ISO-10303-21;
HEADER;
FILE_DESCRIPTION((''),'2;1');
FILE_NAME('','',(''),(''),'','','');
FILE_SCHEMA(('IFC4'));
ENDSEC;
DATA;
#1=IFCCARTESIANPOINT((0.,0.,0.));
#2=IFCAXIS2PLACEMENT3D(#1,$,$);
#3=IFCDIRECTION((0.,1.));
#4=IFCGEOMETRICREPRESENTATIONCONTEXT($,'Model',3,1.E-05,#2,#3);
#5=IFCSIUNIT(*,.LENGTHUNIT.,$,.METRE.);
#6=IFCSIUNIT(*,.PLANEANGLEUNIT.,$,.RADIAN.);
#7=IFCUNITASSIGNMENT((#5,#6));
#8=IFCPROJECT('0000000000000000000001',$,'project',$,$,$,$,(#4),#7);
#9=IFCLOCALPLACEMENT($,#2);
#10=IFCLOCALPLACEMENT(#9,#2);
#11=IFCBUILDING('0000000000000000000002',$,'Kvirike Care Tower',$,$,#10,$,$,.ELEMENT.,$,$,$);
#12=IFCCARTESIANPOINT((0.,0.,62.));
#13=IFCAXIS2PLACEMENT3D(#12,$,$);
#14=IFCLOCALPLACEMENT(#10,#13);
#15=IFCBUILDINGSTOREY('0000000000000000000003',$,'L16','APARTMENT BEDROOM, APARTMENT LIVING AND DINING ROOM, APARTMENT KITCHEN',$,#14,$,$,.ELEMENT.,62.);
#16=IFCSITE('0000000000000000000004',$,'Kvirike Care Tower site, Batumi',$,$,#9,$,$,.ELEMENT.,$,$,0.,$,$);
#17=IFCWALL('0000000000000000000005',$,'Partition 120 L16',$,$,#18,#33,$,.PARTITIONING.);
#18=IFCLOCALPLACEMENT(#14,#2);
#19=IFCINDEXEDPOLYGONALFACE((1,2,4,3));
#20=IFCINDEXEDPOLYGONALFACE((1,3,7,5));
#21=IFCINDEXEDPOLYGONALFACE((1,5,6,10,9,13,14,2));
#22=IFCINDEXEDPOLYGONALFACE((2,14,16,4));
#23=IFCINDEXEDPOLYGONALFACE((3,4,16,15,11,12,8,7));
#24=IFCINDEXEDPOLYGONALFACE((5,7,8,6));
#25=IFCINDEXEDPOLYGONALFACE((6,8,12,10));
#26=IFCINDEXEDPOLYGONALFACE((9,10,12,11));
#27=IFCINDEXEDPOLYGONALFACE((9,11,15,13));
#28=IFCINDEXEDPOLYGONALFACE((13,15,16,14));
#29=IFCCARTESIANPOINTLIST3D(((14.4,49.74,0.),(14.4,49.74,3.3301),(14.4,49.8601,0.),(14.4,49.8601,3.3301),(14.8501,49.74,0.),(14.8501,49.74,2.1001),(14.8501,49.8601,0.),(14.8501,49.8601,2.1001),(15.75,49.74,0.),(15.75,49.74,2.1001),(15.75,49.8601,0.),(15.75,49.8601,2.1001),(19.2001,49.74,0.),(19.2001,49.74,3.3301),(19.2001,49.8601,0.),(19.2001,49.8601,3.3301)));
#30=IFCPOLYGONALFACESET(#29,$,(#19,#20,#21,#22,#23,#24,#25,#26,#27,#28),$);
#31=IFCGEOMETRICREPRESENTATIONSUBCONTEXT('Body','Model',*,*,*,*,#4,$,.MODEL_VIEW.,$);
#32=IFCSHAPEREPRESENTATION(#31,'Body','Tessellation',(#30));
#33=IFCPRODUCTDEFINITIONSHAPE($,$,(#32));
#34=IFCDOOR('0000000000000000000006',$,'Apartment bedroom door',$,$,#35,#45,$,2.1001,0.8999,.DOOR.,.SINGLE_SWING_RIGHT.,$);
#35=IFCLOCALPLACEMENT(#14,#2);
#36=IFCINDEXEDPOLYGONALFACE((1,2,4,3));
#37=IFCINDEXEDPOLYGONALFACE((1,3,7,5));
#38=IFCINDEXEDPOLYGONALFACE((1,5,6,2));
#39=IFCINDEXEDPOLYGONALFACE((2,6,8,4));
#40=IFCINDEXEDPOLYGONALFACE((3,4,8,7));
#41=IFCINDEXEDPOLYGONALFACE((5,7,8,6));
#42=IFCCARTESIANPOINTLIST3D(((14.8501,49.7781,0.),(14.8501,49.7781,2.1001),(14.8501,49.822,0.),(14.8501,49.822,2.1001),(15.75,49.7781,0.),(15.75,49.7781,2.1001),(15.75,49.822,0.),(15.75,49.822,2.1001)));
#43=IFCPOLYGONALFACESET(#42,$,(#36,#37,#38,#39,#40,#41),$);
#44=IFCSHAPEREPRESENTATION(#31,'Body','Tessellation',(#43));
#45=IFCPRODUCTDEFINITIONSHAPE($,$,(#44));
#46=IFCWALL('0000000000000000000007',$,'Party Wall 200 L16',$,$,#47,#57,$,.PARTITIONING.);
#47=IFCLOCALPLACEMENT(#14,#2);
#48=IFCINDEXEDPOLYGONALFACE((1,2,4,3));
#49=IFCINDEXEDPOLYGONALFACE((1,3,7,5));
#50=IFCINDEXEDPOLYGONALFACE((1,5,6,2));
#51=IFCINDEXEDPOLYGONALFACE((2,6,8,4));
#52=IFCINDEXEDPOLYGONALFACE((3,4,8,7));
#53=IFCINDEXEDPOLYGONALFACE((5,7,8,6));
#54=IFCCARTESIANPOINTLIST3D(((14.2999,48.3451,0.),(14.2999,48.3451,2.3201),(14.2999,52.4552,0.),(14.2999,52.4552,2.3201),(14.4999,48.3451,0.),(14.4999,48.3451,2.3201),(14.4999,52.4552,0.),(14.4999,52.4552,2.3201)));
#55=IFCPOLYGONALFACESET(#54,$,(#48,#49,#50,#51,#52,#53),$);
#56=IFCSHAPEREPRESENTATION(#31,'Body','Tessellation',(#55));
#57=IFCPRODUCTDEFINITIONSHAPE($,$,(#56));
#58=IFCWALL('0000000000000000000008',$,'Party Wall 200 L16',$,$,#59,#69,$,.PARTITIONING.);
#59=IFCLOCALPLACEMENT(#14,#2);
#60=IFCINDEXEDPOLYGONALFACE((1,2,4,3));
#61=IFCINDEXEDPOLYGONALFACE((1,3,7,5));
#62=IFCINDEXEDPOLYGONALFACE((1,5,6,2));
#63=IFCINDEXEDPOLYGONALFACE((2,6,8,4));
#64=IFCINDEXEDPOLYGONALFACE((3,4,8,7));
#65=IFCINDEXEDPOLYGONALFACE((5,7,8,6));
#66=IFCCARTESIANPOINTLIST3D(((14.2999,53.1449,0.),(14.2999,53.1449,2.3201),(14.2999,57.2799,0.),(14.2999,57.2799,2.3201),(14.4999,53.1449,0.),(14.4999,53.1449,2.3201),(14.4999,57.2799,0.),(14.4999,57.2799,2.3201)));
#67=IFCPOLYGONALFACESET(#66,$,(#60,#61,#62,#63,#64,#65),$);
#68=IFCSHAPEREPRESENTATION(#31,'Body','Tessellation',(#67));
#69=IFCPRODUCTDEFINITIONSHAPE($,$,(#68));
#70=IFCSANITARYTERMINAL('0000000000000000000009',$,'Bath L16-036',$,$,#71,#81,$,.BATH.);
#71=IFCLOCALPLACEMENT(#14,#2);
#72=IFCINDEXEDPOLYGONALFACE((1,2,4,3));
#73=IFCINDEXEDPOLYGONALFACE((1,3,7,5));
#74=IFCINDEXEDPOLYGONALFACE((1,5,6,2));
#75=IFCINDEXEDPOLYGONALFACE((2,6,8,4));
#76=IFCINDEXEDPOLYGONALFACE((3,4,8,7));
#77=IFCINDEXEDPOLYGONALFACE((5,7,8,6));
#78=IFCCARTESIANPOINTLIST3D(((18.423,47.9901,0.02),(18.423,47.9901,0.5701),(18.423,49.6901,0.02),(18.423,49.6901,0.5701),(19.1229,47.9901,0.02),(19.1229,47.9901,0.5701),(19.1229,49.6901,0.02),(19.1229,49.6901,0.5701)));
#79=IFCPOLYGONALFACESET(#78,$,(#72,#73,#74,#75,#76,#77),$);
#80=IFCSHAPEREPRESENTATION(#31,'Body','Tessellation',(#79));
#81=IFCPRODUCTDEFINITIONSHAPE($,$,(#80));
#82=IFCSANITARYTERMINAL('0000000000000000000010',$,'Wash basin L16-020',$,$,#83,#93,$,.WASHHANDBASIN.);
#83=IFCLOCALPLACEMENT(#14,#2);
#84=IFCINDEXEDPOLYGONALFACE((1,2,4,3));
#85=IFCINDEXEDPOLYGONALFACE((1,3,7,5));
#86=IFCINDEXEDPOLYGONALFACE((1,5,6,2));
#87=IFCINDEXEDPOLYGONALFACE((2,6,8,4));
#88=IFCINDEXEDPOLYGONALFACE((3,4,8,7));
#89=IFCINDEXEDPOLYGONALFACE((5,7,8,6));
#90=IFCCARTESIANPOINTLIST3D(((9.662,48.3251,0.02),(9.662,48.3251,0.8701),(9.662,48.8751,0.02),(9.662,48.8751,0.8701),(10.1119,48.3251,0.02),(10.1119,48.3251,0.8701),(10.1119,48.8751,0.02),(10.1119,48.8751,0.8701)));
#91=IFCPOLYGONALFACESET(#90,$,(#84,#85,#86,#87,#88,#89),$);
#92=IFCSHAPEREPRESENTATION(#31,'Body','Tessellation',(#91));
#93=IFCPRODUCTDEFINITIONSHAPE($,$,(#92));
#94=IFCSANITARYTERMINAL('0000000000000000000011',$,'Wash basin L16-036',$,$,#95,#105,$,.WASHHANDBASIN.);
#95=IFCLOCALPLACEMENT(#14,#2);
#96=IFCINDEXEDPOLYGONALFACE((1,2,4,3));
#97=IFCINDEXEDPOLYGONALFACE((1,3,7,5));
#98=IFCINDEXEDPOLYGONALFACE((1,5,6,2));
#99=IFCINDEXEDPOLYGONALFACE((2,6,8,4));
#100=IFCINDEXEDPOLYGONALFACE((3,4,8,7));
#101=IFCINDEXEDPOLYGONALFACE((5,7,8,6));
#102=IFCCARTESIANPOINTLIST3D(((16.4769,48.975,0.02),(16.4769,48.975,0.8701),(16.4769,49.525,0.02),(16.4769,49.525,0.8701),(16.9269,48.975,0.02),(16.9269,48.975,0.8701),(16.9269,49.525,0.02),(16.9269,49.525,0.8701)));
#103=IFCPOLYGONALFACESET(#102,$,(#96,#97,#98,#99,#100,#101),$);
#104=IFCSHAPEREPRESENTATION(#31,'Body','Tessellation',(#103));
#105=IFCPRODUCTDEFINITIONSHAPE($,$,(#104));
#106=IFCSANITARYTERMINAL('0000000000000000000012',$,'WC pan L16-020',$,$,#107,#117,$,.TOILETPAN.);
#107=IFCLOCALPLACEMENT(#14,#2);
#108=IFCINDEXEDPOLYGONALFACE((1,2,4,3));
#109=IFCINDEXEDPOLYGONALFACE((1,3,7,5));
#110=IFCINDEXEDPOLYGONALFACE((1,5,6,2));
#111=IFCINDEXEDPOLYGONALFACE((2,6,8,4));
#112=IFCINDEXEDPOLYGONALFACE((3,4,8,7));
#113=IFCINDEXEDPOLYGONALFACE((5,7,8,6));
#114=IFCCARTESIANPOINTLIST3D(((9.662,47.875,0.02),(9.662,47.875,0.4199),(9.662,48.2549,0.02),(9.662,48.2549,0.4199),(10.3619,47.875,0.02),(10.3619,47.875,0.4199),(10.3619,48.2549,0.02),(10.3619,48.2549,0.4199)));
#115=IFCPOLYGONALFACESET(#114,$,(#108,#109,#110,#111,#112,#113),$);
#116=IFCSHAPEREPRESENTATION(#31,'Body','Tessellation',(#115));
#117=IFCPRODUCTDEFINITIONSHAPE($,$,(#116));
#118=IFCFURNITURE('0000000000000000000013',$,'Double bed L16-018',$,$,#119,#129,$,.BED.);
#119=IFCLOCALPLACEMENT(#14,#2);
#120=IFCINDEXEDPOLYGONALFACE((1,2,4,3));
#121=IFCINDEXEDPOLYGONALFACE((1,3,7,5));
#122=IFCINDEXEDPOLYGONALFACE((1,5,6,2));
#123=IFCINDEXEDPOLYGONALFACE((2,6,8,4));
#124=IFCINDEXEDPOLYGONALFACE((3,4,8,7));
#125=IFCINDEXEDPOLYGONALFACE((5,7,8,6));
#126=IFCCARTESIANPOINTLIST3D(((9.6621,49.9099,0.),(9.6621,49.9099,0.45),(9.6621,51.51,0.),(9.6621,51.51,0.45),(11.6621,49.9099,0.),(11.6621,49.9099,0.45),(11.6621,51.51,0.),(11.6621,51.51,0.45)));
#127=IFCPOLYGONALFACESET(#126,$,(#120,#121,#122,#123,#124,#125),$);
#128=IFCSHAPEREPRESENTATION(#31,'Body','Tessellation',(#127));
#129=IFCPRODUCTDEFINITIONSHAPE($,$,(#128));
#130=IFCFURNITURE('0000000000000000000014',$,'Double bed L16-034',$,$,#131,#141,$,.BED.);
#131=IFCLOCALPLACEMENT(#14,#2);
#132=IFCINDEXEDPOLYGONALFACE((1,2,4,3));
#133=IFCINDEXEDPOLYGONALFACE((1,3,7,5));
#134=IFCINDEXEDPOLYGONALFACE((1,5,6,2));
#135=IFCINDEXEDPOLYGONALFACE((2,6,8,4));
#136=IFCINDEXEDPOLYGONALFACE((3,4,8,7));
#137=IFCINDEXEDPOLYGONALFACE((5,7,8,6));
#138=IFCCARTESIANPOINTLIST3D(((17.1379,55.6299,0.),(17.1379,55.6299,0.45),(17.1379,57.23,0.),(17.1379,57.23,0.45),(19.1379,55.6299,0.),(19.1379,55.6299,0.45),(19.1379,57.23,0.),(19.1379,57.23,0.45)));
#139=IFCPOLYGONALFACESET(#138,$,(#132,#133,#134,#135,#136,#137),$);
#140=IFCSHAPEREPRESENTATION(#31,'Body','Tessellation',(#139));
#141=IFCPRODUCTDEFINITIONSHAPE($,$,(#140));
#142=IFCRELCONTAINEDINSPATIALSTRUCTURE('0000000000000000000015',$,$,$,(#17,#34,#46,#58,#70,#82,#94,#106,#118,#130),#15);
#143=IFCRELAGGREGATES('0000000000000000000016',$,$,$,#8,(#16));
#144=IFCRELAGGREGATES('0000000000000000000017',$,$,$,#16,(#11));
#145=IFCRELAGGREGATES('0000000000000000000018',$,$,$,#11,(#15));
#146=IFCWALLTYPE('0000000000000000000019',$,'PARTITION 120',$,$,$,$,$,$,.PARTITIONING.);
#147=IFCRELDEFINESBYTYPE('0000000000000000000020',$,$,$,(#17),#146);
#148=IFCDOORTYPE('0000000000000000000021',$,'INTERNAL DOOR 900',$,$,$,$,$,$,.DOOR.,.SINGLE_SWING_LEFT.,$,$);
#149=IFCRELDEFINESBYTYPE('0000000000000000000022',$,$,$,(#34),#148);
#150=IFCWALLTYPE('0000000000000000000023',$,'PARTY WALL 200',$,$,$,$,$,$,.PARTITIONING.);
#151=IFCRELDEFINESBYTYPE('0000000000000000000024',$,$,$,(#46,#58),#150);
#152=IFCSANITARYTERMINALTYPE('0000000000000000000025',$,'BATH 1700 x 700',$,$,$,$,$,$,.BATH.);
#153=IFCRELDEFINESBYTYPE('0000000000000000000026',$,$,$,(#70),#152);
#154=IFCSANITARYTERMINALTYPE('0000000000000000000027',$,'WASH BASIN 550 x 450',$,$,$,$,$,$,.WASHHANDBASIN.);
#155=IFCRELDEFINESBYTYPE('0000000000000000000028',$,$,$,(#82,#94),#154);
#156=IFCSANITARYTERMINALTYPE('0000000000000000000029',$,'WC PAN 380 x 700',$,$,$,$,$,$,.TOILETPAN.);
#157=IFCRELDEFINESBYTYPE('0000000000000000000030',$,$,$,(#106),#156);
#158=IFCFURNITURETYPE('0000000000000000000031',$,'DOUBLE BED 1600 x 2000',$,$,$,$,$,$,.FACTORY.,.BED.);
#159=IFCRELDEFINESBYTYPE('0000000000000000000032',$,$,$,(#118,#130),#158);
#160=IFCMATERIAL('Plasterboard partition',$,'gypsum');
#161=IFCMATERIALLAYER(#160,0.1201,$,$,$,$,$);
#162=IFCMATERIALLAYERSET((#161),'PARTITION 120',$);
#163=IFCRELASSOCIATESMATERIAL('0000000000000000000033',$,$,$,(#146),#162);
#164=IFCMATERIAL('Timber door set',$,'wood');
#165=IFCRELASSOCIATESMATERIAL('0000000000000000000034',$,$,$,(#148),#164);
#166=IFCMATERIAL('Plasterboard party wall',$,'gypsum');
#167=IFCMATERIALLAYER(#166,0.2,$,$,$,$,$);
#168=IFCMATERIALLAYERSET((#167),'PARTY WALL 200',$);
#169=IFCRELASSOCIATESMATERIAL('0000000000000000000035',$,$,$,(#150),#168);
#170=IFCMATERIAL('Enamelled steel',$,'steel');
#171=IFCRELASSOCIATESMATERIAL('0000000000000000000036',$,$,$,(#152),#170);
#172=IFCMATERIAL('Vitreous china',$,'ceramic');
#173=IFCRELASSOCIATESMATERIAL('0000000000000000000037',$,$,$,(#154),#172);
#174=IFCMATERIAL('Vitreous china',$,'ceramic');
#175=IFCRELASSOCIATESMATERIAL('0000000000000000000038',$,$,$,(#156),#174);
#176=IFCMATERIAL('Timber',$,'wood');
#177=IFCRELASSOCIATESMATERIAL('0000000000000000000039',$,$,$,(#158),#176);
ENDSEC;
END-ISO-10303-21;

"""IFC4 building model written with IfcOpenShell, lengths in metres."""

from ifc_helpers import new_model, si_unit, direction, frame, frame_2d, origin, origin_2d, place, context, subcontext, project, spatial, rectangle, extrude, material, layer, layer_set, type_object, element, fill, save


model = new_model("IFC4")

# Units and contexts
model_context = context("Model", 3, precision=1e-05, world=origin(), true_north=direction((0.0, 1.0)))
body_context = subcontext(model_context, "Body", "Model", "MODEL_VIEW")
ifc_project = project(units=[si_unit("LENGTHUNIT", "METRE"), si_unit("PLANEANGLEUNIT", "RADIAN")], contexts=[model_context])

# Site, building, storey
site_placement = place(None, origin())
site = spatial("IfcSite", under=ifc_project, at=site_placement, Name="Kvirike Care Tower site, Batumi", CompositionType="ELEMENT", RefElevation=0.0)
building_placement = place(site_placement, origin())
building = spatial("IfcBuilding", under=site, at=building_placement, Name="Kvirike Care Tower", CompositionType="ELEMENT")
storey_placement = place(building_placement, frame((0.0, 0.0, 62.0)))
storey = spatial("IfcBuildingStorey", under=building, at=storey_placement, Name="L16", Description="APARTMENT BEDROOM, APARTMENT LIVING AND DINING ROOM, APARTMENT KITCHEN", CompositionType="ELEMENT", Elevation=62.0)

# Wall, opening, door
ifc_material_1 = material(Name="Plasterboard partition", Category="gypsum")
ifc_layer_1 = layer(ifc_material_1, 0.1201)
ifc_layer_set_1 = layer_set([ifc_layer_1], Name="PARTITION 120")
wall_type_1 = type_object("IfcWallType", Name="PARTITION 120", PredefinedType="PARTITIONING", material=ifc_layer_set_1)
ifc_material_2 = material(Name="Timber door set", Category="wood")
door_type_1 = type_object("IfcDoorType", Name="INTERNAL DOOR 900", OperationType="SINGLE_SWING_LEFT", PredefinedType="DOOR", material=ifc_material_2)
wall_1_placement = place(storey_placement, frame((19.2, 49.8, 0.0), z_axis=(0.0, 0.0, 1.0), x_axis=(-1.0, 0.0, 0.0)))
wall_1 = element("IfcWall", 1, at=wall_1_placement, inside=storey, type_object=wall_type_1, Name="Partition 120 L16", PredefinedType="PARTITIONING", context=body_context, shape_type="SweptSolid", body=[
    extrude(rectangle(XDim=4.8, YDim=0.1201, at=frame_2d((2.3999, 0.0))), origin(), (0.0, 0.0, 1.0), 3.3301),
])
opening_1_placement = place(wall_1_placement, frame((3.45, 0.0, 0.0)))
opening_1 = element("IfcOpeningElement", 2, at=opening_1_placement, cuts=wall_1, PredefinedType="OPENING", context=body_context, shape_type="SweptSolid", body=[
    extrude(rectangle(XDim=0.8999, YDim=2.1001, at=frame_2d((0.45, 1.05))), frame((0.0, 0.0706, 0.0), z_axis=(0.0, -1.0, 0.0), x_axis=(1.0, 0.0, 0.0)), (0.0, 0.0, 1.0), 0.1411),
])
door_1_placement = place(opening_1_placement, frame((0.8999, 0.0, 0.0), z_axis=(0.0, 0.0, 1.0), x_axis=(-1.0, 0.0, 0.0)))
door_1 = element("IfcDoor", 3, at=door_1_placement, inside=storey, type_object=door_type_1, Name="Apartment bedroom door", OperationType="SINGLE_SWING_RIGHT", OverallHeight=2.1001, OverallWidth=0.8999, PredefinedType="DOOR", context=body_context, shape_type="SweptSolid", body=[
    extrude(rectangle(XDim=0.8999, YDim=2.1001, at=frame_2d((0.45, 1.05))), frame((0.0, 0.022, 0.0), z_axis=(0.0, -1.0, 0.0), x_axis=(1.0, 0.0, 0.0)), (0.0, 0.0, 1.0), 0.0439),
])
fill(opening_1, door_1)

# Walls
ifc_material_3 = material(Name="Plasterboard party wall", Category="gypsum")
ifc_layer_2 = layer(ifc_material_3, 0.2)
ifc_layer_set_2 = layer_set([ifc_layer_2], Name="PARTY WALL 200")
wall_type_2 = type_object("IfcWallType", Name="PARTY WALL 200", PredefinedType="PARTITIONING", material=ifc_layer_set_2)
wall_2_placement = place(storey_placement, frame((14.3999, 48.345, 0.0), z_axis=(0.0, 0.0, 1.0), x_axis=(0.0, 1.0, 0.0)))
element("IfcWall", 4, at=wall_2_placement, inside=storey, type_object=wall_type_2, Name="Party Wall 200 L16", PredefinedType="PARTITIONING", context=body_context, shape_type="SweptSolid", body=[
    extrude(rectangle(XDim=4.1101, YDim=0.2, at=frame_2d((2.0552, 0.0))), origin(), (0.0, 0.0, 1.0), 2.3201),
])
wall_3_placement = place(storey_placement, frame((14.3999, 53.145, 0.0), z_axis=(0.0, 0.0, 1.0), x_axis=(0.0, 1.0, 0.0)))
element("IfcWall", 5, at=wall_3_placement, inside=storey, type_object=wall_type_2, Name="Party Wall 200 L16", PredefinedType="PARTITIONING", context=body_context, shape_type="SweptSolid", body=[
    extrude(rectangle(XDim=4.135, YDim=0.2, at=frame_2d((2.0674, 0.0))), origin(), (0.0, 0.0, 1.0), 2.3201),
])

# Sanitary terminals
ifc_material_4 = material(Name="Enamelled steel", Category="steel")
sanitary_terminal_type_1 = type_object("IfcSanitaryTerminalType", Name="BATH 1700 x 700", PredefinedType="BATH", material=ifc_material_4)
sanitary_terminal_1_placement = place(storey_placement, frame((18.7729, 48.8401, 0.02), z_axis=(0.0, 0.0, 1.0), x_axis=(0.0, -1.0, 0.0)))
element("IfcSanitaryTerminal", 6, at=sanitary_terminal_1_placement, inside=storey, type_object=sanitary_terminal_type_1, Name="Bath L16-036", PredefinedType="BATH", context=body_context, shape_type="SweptSolid", body=[
    extrude(rectangle(XDim=1.7, YDim=0.7, at=origin_2d()), origin(), (0.0, 0.0, 1.0), 0.55),
])
ifc_material_5 = material(Name="Vitreous china", Category="ceramic")
sanitary_terminal_type_2 = type_object("IfcSanitaryTerminalType", Name="WASH BASIN 550 x 450", PredefinedType="WASHHANDBASIN", material=ifc_material_5)
for number, where, z_axis, x_axis, name in (
    (7, (9.887, 48.6001, 0.02), (0.0, 0.0, 1.0), (0.0, 1.0, 0.0), "Wash basin L16-020"),
    (8, (16.7019, 49.25, 0.02), (0.0, 0.0, 1.0), (0.0, 1.0, 0.0), "Wash basin L16-036"),
):
    element("IfcSanitaryTerminal", number, at=place(storey_placement, frame(where, z_axis=z_axis, x_axis=x_axis)), inside=storey, type_object=sanitary_terminal_type_2, Name=name, PredefinedType="WASHHANDBASIN", context=body_context, shape_type="SweptSolid", body=[
        extrude(rectangle(XDim=0.55, YDim=0.45, at=origin_2d()), origin(), (0.0, 0.0, 1.0), 0.8501),
    ])
ifc_material_6 = material(Name="Vitreous china", Category="ceramic")
sanitary_terminal_type_3 = type_object("IfcSanitaryTerminalType", Name="WC PAN 380 x 700", PredefinedType="TOILETPAN", material=ifc_material_6)
sanitary_terminal_2_placement = place(storey_placement, frame((10.012, 48.0649, 0.02), z_axis=(0.0, 0.0, 1.0), x_axis=(0.0, 1.0, 0.0)))
element("IfcSanitaryTerminal", 9, at=sanitary_terminal_2_placement, inside=storey, type_object=sanitary_terminal_type_3, Name="WC pan L16-020", PredefinedType="TOILETPAN", context=body_context, shape_type="SweptSolid", body=[
    extrude(rectangle(XDim=0.3799, YDim=0.7, at=origin_2d()), origin(), (0.0, 0.0, 1.0), 0.3999),
])

# Furniture
ifc_material_7 = material(Name="Timber", Category="wood")
furniture_type = type_object("IfcFurnitureType", Name="DOUBLE BED 1600 x 2000", AssemblyPlace="FACTORY", PredefinedType="BED", material=ifc_material_7)
for number, where, z_axis, x_axis, name in (
    (10, (10.6621, 50.71, 0.0), (0.0, 0.0, 1.0), (0.0, 1.0, 0.0), "Double bed L16-018"),
    (11, (18.1379, 56.4299, 0.0), (0.0, 0.0, 1.0), (0.0, -1.0, 0.0), "Double bed L16-034"),
):
    element("IfcFurniture", number, at=place(storey_placement, frame(where, z_axis=z_axis, x_axis=x_axis)), inside=storey, type_object=furniture_type, Name=name, PredefinedType="BED", context=body_context, shape_type="SweptSolid", body=[
        extrude(rectangle(XDim=1.6001, YDim=2.0, at=origin_2d()), origin(), (0.0, 0.0, 1.0), 0.45),
    ])

save(model, "model.ifc")
